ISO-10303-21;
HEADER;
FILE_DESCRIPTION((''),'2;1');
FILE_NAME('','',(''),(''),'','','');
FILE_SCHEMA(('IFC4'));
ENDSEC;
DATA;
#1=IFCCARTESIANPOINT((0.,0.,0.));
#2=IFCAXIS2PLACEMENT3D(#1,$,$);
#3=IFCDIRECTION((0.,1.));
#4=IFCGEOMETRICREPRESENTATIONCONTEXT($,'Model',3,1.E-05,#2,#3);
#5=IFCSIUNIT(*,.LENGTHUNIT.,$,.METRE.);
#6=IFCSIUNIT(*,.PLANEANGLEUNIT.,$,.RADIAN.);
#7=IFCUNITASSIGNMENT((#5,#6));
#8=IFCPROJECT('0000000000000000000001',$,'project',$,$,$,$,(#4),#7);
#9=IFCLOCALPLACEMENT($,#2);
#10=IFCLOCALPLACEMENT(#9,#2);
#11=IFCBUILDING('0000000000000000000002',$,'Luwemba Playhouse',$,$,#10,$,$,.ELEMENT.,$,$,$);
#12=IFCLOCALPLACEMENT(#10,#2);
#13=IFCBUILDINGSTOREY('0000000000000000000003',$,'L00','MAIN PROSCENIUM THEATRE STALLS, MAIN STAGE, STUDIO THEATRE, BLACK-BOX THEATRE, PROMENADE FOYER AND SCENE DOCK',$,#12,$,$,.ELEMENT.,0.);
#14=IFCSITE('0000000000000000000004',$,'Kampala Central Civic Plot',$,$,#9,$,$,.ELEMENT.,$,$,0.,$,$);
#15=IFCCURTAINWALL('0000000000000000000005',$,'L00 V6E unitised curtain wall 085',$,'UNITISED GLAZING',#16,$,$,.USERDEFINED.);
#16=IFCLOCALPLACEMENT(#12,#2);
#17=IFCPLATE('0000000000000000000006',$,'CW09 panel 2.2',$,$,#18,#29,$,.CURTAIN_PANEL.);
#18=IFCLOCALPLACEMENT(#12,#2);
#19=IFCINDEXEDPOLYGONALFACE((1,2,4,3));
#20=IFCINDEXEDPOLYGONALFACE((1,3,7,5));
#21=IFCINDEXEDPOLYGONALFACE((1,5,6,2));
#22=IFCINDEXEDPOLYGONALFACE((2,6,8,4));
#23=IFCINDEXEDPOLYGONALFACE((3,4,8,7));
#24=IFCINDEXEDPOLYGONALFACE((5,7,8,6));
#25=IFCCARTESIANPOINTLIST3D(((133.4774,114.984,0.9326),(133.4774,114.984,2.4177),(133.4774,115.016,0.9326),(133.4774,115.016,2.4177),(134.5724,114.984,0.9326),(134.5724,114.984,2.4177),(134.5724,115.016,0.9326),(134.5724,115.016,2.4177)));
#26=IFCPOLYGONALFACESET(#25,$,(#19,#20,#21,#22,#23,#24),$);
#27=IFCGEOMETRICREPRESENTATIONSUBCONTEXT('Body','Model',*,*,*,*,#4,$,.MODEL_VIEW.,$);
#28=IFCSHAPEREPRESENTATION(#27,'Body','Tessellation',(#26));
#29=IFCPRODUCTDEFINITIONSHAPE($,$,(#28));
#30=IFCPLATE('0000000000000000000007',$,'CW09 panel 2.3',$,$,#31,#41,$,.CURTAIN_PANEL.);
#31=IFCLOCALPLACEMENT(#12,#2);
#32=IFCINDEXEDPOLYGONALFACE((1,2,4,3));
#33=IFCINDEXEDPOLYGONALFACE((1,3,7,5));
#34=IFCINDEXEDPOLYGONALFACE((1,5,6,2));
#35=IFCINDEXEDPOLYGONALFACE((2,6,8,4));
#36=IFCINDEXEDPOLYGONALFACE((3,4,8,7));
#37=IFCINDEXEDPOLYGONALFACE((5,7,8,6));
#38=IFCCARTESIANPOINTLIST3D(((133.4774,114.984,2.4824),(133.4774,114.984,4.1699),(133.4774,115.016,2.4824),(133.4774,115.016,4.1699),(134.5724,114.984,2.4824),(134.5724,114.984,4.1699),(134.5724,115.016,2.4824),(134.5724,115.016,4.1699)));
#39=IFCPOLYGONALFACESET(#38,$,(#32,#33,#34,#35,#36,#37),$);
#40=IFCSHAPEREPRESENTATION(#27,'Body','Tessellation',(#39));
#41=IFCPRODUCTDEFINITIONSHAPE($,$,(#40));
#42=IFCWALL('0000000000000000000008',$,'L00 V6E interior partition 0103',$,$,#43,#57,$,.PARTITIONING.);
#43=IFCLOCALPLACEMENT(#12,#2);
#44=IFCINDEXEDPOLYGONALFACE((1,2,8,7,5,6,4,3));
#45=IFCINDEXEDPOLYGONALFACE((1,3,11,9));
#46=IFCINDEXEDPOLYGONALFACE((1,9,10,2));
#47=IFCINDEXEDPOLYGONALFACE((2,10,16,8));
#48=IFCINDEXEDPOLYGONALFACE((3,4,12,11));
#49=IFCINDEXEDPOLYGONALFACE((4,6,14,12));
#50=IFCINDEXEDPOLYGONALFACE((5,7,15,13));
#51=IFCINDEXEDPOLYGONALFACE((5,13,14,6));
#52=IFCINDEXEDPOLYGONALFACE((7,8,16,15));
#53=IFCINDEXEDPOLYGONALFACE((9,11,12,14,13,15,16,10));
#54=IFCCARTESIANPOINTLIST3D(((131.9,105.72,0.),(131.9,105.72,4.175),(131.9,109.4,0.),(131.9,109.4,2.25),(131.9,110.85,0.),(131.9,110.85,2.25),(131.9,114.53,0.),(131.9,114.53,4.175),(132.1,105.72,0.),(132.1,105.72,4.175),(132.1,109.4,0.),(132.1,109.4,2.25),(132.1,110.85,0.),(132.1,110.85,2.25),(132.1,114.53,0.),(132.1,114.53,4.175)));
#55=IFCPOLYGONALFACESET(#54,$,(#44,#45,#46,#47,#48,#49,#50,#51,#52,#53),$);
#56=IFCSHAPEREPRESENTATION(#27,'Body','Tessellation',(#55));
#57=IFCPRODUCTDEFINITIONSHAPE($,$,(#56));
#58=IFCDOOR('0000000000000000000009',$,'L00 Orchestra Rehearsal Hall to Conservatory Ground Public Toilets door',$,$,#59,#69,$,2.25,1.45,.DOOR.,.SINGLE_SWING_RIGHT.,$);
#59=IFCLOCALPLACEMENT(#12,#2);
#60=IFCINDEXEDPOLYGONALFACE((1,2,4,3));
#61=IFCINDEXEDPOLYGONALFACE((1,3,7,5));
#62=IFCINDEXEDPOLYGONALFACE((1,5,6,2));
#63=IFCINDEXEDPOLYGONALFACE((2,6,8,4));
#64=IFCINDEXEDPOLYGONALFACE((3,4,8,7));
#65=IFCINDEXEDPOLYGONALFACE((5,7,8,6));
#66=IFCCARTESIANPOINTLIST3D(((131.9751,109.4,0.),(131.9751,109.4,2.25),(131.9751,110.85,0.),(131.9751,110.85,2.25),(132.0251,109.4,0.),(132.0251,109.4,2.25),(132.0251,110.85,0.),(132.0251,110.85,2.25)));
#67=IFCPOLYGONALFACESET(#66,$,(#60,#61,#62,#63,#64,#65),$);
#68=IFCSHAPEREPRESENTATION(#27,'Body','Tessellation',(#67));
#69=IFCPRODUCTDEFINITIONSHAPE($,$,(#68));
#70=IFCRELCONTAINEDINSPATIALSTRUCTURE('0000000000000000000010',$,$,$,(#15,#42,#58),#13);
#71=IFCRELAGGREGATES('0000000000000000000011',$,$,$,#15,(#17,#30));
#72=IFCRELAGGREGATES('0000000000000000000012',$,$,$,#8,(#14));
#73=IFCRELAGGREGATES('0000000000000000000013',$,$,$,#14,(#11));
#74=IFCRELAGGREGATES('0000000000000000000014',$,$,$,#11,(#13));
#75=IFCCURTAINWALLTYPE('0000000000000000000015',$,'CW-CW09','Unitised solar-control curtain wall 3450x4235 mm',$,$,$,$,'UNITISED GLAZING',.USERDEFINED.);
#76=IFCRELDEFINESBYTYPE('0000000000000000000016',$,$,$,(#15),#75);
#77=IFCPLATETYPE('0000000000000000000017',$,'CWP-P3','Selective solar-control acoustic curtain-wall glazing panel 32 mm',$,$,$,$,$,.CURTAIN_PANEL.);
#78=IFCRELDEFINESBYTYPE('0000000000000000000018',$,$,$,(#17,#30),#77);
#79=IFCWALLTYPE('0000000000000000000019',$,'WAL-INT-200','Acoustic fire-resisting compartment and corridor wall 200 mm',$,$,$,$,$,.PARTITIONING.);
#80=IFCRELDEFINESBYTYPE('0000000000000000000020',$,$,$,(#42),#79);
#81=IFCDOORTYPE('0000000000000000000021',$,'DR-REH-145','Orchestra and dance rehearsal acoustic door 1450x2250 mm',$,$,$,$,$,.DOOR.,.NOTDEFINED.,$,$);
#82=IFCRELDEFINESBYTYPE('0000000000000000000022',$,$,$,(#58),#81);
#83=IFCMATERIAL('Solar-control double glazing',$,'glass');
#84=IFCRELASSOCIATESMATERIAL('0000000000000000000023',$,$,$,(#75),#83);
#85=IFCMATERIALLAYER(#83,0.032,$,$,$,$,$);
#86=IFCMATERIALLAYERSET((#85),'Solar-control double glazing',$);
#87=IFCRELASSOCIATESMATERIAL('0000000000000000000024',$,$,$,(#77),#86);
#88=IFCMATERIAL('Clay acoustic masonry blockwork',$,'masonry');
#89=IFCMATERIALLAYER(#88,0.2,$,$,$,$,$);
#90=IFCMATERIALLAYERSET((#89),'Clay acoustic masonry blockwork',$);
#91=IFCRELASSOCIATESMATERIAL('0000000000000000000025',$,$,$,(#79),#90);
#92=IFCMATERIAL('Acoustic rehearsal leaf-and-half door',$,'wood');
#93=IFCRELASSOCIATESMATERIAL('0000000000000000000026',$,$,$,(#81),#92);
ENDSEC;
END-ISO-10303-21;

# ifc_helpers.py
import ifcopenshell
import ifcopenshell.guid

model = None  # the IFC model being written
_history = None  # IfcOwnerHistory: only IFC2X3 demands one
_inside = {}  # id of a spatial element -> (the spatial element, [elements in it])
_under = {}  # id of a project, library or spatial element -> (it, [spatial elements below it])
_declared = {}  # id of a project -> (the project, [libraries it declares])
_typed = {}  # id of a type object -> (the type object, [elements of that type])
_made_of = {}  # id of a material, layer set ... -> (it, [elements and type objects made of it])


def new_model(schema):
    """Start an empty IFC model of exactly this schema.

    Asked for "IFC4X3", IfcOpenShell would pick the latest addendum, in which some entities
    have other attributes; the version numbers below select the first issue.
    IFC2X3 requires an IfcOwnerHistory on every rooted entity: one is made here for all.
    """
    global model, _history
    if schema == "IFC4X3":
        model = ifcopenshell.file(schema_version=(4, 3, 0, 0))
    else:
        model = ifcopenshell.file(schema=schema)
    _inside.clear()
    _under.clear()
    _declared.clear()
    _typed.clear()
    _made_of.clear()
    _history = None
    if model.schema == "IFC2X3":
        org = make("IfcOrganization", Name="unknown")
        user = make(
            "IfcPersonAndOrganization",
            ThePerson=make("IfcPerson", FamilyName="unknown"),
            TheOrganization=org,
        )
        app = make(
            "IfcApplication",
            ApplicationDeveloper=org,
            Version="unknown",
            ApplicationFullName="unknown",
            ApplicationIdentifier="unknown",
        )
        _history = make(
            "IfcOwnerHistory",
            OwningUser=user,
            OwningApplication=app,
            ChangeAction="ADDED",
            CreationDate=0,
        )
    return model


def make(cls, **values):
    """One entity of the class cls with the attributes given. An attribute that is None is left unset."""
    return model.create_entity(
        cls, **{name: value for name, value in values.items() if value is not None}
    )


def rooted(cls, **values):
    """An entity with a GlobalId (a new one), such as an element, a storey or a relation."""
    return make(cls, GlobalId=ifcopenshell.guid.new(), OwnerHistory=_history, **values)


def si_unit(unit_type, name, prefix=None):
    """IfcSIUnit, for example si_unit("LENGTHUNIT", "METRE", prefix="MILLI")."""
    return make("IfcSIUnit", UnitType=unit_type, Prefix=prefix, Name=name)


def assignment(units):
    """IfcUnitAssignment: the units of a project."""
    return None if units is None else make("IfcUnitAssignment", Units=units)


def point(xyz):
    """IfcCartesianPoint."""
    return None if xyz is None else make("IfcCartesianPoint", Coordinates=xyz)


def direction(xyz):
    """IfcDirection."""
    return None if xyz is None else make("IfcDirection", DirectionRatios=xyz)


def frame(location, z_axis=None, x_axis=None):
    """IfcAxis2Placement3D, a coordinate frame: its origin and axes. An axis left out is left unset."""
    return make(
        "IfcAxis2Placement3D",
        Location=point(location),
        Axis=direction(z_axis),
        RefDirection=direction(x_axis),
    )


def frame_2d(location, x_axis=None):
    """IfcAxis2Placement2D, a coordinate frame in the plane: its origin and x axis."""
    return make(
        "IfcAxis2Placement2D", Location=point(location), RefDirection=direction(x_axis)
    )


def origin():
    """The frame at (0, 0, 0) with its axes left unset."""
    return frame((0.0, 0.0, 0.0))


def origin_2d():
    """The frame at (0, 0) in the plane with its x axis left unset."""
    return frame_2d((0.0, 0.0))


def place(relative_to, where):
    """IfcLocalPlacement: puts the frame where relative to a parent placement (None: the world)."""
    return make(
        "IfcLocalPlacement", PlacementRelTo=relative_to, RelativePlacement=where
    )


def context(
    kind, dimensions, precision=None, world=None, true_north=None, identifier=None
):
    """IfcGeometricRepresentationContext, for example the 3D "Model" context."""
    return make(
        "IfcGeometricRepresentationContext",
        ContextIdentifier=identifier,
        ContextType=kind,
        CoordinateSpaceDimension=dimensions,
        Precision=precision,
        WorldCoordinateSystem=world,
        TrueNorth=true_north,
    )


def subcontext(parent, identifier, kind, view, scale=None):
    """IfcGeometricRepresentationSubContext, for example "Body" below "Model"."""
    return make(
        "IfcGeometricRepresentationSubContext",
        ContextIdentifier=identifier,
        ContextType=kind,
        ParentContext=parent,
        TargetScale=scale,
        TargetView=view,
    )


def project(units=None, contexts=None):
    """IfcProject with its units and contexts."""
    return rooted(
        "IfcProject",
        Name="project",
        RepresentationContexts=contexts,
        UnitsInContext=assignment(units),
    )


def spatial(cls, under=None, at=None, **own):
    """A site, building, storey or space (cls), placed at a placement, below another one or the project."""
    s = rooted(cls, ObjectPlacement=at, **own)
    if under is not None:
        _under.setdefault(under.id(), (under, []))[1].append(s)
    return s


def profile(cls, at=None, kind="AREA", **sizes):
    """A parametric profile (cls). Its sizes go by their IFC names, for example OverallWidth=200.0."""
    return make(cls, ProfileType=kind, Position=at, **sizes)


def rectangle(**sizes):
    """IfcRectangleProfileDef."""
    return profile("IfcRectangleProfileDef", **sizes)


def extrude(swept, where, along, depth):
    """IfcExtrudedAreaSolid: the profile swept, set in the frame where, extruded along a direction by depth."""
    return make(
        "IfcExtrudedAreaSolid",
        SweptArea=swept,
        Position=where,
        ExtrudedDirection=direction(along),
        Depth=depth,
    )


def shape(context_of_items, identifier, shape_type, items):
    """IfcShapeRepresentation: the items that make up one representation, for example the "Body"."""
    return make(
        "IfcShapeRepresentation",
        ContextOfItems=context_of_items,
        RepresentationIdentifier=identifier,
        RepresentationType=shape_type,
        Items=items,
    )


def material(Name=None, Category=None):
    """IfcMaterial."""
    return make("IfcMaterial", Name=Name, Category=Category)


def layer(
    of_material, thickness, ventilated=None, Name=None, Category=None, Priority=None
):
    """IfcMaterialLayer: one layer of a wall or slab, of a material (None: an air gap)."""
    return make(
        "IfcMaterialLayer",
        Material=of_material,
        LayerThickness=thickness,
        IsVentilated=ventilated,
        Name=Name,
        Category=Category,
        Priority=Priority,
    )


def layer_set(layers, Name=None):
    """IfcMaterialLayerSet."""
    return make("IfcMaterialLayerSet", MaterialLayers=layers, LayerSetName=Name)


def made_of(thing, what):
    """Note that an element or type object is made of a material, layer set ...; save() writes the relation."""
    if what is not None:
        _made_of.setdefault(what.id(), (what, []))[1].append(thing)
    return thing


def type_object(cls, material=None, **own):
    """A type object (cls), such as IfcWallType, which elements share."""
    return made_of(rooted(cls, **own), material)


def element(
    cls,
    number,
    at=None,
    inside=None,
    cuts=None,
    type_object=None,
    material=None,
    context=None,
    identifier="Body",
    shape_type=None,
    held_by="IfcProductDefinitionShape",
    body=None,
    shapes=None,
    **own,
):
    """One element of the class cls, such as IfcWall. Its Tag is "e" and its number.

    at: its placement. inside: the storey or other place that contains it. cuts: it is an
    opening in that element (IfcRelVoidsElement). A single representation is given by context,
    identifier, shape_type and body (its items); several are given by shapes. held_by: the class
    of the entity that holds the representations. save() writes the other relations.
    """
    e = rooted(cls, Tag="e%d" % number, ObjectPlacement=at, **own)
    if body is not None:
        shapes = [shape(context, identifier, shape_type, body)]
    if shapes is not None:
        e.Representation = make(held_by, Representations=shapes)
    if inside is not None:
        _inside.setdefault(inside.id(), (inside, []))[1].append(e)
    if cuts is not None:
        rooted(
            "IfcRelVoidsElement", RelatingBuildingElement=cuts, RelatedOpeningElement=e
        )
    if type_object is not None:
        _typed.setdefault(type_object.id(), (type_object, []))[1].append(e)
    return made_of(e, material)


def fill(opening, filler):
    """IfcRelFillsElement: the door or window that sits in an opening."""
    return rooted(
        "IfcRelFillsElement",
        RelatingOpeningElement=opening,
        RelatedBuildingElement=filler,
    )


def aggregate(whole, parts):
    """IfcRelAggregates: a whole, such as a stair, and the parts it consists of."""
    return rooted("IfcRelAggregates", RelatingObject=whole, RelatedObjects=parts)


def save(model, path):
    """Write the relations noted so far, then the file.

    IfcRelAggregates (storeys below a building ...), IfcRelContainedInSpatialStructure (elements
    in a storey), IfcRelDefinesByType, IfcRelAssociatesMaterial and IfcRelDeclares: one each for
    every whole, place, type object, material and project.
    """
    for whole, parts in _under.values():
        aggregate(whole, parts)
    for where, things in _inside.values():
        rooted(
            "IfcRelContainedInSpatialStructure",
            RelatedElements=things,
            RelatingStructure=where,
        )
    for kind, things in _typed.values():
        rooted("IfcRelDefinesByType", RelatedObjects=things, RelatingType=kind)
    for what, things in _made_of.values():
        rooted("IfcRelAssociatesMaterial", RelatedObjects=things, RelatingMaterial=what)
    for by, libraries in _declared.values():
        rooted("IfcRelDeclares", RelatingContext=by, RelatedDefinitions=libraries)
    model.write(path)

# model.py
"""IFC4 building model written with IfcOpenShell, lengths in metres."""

from ifc_helpers import new_model, si_unit, direction, frame, frame_2d, origin, origin_2d, place, context, subcontext, project, spatial, rectangle, extrude, material, layer, layer_set, type_object, element, fill, aggregate, save


model = new_model("IFC4")

# Units and contexts
model_context = context("Model", 3, precision=1e-05, world=origin(), true_north=direction((0.0, 1.0)))
body_context = subcontext(model_context, "Body", "Model", "MODEL_VIEW")
ifc_project = project(units=[si_unit("LENGTHUNIT", "METRE"), si_unit("PLANEANGLEUNIT", "RADIAN")], contexts=[model_context])

# Site, building, storey
site_placement = place(None, origin())
site = spatial("IfcSite", under=ifc_project, at=site_placement, Name="Kampala Central Civic Plot", CompositionType="ELEMENT", RefElevation=0.0)
building_placement = place(site_placement, origin())
building = spatial("IfcBuilding", under=site, at=building_placement, Name="Luwemba Playhouse", CompositionType="ELEMENT")
storey_placement = place(building_placement, origin())
storey = spatial("IfcBuildingStorey", under=building, at=storey_placement, Name="L00", Description="MAIN PROSCENIUM THEATRE STALLS, MAIN STAGE, STUDIO THEATRE, BLACK-BOX THEATRE, PROMENADE FOYER AND SCENE DOCK", CompositionType="ELEMENT", Elevation=0.0)

# Curtain wall, plates
ifc_material_1 = material(Name="Solar-control double glazing", Category="glass")
curtain_wall_type = type_object("IfcCurtainWallType", Name="CW-CW09", Description="Unitised solar-control curtain wall 3450x4235 mm", ElementType="UNITISED GLAZING", PredefinedType="USERDEFINED", material=ifc_material_1)
curtain_wall_placement = place(storey_placement, origin())
curtain_wall = element("IfcCurtainWall", 1, at=curtain_wall_placement, inside=storey, type_object=curtain_wall_type, Name="L00 V6E unitised curtain wall 085", ObjectType="UNITISED GLAZING", PredefinedType="USERDEFINED")
ifc_layer_1 = layer(ifc_material_1, 0.032)
ifc_layer_set_1 = layer_set([ifc_layer_1], Name="Solar-control double glazing")
plate_type = type_object("IfcPlateType", Name="CWP-P3", Description="Selective solar-control acoustic curtain-wall glazing panel 32 mm", PredefinedType="CURTAIN_PANEL", material=ifc_layer_set_1)
plate_1_placement = place(storey_placement, frame((134.0249, 115.0, 0.9326), z_axis=(0.0, 0.0, 1.0), x_axis=(1.0, 0.0, 0.0)))
plate_1 = element("IfcPlate", 2, at=plate_1_placement, type_object=plate_type, Name="CW09 panel 2.2", PredefinedType="CURTAIN_PANEL", context=body_context, shape_type="SweptSolid", body=[
    extrude(rectangle(XDim=1.095, YDim=0.032, at=origin_2d()), origin(), (0.0, 0.0, 1.0), 1.4851),
])
plate_2_placement = place(storey_placement, frame((134.0249, 115.0, 2.4824), z_axis=(0.0, 0.0, 1.0), x_axis=(1.0, 0.0, 0.0)))
plate_2 = element("IfcPlate", 3, at=plate_2_placement, type_object=plate_type, Name="CW09 panel 2.3", PredefinedType="CURTAIN_PANEL", context=body_context, shape_type="SweptSolid", body=[
    extrude(rectangle(XDim=1.095, YDim=0.032, at=origin_2d()), origin(), (0.0, 0.0, 1.0), 1.6875),
])
aggregate(curtain_wall, [plate_1, plate_2])

# Wall, opening, door
ifc_material_2 = material(Name="Clay acoustic masonry blockwork", Category="masonry")
ifc_layer_2 = layer(ifc_material_2, 0.2)
ifc_layer_set_2 = layer_set([ifc_layer_2], Name="Clay acoustic masonry blockwork")
wall_type = type_object("IfcWallType", Name="WAL-INT-200", Description="Acoustic fire-resisting compartment and corridor wall 200 mm", PredefinedType="PARTITIONING", material=ifc_layer_set_2)
wall_placement = place(storey_placement, frame((132.0, 105.72, 0.0), z_axis=(0.0, 0.0, 1.0), x_axis=(0.0, 1.0, 0.0)))
wall = element("IfcWall", 4, at=wall_placement, inside=storey, type_object=wall_type, Name="L00 V6E interior partition 0103", PredefinedType="PARTITIONING", context=body_context, shape_type="SweptSolid", body=[
    extrude(rectangle(XDim=8.8101, YDim=0.2, at=frame_2d((4.405, 0.0))), origin(), (0.0, 0.0, 1.0), 4.175),
])
opening_placement = place(wall_placement, frame((3.6799, 0.0, 0.0)))
opening = element("IfcOpeningElement", 5, at=opening_placement, cuts=wall, PredefinedType="OPENING", context=body_context, shape_type="SweptSolid", body=[
    extrude(rectangle(XDim=1.45, YDim=2.25, at=frame_2d((0.7251, 1.125))), frame((0.0, 0.1099, 0.0), z_axis=(0.0, -1.0, 0.0), x_axis=(1.0, 0.0, 0.0)), (0.0, 0.0, 1.0), 0.22),
])
ifc_material_3 = material(Name="Acoustic rehearsal leaf-and-half door", Category="wood")
door_type = type_object("IfcDoorType", Name="DR-REH-145", Description="Orchestra and dance rehearsal acoustic door 1450x2250 mm", OperationType="NOTDEFINED", PredefinedType="DOOR", material=ifc_material_3)
door_placement = place(opening_placement, origin())
door = element("IfcDoor", 6, at=door_placement, inside=storey, type_object=door_type, Name="L00 Orchestra Rehearsal Hall to Conservatory Ground Public Toilets door", OperationType="SINGLE_SWING_RIGHT", OverallHeight=2.25, OverallWidth=1.45, PredefinedType="DOOR", context=body_context, shape_type="SweptSolid", body=[
    extrude(rectangle(XDim=1.45, YDim=2.25, at=frame_2d((0.7251, 1.125))), frame((0.0, 0.0249, 0.0), z_axis=(0.0, -1.0, 0.0), x_axis=(1.0, 0.0, 0.0)), (0.0, 0.0, 1.0), 0.05),
])
fill(opening, door)

save(model, "model.ifc")
